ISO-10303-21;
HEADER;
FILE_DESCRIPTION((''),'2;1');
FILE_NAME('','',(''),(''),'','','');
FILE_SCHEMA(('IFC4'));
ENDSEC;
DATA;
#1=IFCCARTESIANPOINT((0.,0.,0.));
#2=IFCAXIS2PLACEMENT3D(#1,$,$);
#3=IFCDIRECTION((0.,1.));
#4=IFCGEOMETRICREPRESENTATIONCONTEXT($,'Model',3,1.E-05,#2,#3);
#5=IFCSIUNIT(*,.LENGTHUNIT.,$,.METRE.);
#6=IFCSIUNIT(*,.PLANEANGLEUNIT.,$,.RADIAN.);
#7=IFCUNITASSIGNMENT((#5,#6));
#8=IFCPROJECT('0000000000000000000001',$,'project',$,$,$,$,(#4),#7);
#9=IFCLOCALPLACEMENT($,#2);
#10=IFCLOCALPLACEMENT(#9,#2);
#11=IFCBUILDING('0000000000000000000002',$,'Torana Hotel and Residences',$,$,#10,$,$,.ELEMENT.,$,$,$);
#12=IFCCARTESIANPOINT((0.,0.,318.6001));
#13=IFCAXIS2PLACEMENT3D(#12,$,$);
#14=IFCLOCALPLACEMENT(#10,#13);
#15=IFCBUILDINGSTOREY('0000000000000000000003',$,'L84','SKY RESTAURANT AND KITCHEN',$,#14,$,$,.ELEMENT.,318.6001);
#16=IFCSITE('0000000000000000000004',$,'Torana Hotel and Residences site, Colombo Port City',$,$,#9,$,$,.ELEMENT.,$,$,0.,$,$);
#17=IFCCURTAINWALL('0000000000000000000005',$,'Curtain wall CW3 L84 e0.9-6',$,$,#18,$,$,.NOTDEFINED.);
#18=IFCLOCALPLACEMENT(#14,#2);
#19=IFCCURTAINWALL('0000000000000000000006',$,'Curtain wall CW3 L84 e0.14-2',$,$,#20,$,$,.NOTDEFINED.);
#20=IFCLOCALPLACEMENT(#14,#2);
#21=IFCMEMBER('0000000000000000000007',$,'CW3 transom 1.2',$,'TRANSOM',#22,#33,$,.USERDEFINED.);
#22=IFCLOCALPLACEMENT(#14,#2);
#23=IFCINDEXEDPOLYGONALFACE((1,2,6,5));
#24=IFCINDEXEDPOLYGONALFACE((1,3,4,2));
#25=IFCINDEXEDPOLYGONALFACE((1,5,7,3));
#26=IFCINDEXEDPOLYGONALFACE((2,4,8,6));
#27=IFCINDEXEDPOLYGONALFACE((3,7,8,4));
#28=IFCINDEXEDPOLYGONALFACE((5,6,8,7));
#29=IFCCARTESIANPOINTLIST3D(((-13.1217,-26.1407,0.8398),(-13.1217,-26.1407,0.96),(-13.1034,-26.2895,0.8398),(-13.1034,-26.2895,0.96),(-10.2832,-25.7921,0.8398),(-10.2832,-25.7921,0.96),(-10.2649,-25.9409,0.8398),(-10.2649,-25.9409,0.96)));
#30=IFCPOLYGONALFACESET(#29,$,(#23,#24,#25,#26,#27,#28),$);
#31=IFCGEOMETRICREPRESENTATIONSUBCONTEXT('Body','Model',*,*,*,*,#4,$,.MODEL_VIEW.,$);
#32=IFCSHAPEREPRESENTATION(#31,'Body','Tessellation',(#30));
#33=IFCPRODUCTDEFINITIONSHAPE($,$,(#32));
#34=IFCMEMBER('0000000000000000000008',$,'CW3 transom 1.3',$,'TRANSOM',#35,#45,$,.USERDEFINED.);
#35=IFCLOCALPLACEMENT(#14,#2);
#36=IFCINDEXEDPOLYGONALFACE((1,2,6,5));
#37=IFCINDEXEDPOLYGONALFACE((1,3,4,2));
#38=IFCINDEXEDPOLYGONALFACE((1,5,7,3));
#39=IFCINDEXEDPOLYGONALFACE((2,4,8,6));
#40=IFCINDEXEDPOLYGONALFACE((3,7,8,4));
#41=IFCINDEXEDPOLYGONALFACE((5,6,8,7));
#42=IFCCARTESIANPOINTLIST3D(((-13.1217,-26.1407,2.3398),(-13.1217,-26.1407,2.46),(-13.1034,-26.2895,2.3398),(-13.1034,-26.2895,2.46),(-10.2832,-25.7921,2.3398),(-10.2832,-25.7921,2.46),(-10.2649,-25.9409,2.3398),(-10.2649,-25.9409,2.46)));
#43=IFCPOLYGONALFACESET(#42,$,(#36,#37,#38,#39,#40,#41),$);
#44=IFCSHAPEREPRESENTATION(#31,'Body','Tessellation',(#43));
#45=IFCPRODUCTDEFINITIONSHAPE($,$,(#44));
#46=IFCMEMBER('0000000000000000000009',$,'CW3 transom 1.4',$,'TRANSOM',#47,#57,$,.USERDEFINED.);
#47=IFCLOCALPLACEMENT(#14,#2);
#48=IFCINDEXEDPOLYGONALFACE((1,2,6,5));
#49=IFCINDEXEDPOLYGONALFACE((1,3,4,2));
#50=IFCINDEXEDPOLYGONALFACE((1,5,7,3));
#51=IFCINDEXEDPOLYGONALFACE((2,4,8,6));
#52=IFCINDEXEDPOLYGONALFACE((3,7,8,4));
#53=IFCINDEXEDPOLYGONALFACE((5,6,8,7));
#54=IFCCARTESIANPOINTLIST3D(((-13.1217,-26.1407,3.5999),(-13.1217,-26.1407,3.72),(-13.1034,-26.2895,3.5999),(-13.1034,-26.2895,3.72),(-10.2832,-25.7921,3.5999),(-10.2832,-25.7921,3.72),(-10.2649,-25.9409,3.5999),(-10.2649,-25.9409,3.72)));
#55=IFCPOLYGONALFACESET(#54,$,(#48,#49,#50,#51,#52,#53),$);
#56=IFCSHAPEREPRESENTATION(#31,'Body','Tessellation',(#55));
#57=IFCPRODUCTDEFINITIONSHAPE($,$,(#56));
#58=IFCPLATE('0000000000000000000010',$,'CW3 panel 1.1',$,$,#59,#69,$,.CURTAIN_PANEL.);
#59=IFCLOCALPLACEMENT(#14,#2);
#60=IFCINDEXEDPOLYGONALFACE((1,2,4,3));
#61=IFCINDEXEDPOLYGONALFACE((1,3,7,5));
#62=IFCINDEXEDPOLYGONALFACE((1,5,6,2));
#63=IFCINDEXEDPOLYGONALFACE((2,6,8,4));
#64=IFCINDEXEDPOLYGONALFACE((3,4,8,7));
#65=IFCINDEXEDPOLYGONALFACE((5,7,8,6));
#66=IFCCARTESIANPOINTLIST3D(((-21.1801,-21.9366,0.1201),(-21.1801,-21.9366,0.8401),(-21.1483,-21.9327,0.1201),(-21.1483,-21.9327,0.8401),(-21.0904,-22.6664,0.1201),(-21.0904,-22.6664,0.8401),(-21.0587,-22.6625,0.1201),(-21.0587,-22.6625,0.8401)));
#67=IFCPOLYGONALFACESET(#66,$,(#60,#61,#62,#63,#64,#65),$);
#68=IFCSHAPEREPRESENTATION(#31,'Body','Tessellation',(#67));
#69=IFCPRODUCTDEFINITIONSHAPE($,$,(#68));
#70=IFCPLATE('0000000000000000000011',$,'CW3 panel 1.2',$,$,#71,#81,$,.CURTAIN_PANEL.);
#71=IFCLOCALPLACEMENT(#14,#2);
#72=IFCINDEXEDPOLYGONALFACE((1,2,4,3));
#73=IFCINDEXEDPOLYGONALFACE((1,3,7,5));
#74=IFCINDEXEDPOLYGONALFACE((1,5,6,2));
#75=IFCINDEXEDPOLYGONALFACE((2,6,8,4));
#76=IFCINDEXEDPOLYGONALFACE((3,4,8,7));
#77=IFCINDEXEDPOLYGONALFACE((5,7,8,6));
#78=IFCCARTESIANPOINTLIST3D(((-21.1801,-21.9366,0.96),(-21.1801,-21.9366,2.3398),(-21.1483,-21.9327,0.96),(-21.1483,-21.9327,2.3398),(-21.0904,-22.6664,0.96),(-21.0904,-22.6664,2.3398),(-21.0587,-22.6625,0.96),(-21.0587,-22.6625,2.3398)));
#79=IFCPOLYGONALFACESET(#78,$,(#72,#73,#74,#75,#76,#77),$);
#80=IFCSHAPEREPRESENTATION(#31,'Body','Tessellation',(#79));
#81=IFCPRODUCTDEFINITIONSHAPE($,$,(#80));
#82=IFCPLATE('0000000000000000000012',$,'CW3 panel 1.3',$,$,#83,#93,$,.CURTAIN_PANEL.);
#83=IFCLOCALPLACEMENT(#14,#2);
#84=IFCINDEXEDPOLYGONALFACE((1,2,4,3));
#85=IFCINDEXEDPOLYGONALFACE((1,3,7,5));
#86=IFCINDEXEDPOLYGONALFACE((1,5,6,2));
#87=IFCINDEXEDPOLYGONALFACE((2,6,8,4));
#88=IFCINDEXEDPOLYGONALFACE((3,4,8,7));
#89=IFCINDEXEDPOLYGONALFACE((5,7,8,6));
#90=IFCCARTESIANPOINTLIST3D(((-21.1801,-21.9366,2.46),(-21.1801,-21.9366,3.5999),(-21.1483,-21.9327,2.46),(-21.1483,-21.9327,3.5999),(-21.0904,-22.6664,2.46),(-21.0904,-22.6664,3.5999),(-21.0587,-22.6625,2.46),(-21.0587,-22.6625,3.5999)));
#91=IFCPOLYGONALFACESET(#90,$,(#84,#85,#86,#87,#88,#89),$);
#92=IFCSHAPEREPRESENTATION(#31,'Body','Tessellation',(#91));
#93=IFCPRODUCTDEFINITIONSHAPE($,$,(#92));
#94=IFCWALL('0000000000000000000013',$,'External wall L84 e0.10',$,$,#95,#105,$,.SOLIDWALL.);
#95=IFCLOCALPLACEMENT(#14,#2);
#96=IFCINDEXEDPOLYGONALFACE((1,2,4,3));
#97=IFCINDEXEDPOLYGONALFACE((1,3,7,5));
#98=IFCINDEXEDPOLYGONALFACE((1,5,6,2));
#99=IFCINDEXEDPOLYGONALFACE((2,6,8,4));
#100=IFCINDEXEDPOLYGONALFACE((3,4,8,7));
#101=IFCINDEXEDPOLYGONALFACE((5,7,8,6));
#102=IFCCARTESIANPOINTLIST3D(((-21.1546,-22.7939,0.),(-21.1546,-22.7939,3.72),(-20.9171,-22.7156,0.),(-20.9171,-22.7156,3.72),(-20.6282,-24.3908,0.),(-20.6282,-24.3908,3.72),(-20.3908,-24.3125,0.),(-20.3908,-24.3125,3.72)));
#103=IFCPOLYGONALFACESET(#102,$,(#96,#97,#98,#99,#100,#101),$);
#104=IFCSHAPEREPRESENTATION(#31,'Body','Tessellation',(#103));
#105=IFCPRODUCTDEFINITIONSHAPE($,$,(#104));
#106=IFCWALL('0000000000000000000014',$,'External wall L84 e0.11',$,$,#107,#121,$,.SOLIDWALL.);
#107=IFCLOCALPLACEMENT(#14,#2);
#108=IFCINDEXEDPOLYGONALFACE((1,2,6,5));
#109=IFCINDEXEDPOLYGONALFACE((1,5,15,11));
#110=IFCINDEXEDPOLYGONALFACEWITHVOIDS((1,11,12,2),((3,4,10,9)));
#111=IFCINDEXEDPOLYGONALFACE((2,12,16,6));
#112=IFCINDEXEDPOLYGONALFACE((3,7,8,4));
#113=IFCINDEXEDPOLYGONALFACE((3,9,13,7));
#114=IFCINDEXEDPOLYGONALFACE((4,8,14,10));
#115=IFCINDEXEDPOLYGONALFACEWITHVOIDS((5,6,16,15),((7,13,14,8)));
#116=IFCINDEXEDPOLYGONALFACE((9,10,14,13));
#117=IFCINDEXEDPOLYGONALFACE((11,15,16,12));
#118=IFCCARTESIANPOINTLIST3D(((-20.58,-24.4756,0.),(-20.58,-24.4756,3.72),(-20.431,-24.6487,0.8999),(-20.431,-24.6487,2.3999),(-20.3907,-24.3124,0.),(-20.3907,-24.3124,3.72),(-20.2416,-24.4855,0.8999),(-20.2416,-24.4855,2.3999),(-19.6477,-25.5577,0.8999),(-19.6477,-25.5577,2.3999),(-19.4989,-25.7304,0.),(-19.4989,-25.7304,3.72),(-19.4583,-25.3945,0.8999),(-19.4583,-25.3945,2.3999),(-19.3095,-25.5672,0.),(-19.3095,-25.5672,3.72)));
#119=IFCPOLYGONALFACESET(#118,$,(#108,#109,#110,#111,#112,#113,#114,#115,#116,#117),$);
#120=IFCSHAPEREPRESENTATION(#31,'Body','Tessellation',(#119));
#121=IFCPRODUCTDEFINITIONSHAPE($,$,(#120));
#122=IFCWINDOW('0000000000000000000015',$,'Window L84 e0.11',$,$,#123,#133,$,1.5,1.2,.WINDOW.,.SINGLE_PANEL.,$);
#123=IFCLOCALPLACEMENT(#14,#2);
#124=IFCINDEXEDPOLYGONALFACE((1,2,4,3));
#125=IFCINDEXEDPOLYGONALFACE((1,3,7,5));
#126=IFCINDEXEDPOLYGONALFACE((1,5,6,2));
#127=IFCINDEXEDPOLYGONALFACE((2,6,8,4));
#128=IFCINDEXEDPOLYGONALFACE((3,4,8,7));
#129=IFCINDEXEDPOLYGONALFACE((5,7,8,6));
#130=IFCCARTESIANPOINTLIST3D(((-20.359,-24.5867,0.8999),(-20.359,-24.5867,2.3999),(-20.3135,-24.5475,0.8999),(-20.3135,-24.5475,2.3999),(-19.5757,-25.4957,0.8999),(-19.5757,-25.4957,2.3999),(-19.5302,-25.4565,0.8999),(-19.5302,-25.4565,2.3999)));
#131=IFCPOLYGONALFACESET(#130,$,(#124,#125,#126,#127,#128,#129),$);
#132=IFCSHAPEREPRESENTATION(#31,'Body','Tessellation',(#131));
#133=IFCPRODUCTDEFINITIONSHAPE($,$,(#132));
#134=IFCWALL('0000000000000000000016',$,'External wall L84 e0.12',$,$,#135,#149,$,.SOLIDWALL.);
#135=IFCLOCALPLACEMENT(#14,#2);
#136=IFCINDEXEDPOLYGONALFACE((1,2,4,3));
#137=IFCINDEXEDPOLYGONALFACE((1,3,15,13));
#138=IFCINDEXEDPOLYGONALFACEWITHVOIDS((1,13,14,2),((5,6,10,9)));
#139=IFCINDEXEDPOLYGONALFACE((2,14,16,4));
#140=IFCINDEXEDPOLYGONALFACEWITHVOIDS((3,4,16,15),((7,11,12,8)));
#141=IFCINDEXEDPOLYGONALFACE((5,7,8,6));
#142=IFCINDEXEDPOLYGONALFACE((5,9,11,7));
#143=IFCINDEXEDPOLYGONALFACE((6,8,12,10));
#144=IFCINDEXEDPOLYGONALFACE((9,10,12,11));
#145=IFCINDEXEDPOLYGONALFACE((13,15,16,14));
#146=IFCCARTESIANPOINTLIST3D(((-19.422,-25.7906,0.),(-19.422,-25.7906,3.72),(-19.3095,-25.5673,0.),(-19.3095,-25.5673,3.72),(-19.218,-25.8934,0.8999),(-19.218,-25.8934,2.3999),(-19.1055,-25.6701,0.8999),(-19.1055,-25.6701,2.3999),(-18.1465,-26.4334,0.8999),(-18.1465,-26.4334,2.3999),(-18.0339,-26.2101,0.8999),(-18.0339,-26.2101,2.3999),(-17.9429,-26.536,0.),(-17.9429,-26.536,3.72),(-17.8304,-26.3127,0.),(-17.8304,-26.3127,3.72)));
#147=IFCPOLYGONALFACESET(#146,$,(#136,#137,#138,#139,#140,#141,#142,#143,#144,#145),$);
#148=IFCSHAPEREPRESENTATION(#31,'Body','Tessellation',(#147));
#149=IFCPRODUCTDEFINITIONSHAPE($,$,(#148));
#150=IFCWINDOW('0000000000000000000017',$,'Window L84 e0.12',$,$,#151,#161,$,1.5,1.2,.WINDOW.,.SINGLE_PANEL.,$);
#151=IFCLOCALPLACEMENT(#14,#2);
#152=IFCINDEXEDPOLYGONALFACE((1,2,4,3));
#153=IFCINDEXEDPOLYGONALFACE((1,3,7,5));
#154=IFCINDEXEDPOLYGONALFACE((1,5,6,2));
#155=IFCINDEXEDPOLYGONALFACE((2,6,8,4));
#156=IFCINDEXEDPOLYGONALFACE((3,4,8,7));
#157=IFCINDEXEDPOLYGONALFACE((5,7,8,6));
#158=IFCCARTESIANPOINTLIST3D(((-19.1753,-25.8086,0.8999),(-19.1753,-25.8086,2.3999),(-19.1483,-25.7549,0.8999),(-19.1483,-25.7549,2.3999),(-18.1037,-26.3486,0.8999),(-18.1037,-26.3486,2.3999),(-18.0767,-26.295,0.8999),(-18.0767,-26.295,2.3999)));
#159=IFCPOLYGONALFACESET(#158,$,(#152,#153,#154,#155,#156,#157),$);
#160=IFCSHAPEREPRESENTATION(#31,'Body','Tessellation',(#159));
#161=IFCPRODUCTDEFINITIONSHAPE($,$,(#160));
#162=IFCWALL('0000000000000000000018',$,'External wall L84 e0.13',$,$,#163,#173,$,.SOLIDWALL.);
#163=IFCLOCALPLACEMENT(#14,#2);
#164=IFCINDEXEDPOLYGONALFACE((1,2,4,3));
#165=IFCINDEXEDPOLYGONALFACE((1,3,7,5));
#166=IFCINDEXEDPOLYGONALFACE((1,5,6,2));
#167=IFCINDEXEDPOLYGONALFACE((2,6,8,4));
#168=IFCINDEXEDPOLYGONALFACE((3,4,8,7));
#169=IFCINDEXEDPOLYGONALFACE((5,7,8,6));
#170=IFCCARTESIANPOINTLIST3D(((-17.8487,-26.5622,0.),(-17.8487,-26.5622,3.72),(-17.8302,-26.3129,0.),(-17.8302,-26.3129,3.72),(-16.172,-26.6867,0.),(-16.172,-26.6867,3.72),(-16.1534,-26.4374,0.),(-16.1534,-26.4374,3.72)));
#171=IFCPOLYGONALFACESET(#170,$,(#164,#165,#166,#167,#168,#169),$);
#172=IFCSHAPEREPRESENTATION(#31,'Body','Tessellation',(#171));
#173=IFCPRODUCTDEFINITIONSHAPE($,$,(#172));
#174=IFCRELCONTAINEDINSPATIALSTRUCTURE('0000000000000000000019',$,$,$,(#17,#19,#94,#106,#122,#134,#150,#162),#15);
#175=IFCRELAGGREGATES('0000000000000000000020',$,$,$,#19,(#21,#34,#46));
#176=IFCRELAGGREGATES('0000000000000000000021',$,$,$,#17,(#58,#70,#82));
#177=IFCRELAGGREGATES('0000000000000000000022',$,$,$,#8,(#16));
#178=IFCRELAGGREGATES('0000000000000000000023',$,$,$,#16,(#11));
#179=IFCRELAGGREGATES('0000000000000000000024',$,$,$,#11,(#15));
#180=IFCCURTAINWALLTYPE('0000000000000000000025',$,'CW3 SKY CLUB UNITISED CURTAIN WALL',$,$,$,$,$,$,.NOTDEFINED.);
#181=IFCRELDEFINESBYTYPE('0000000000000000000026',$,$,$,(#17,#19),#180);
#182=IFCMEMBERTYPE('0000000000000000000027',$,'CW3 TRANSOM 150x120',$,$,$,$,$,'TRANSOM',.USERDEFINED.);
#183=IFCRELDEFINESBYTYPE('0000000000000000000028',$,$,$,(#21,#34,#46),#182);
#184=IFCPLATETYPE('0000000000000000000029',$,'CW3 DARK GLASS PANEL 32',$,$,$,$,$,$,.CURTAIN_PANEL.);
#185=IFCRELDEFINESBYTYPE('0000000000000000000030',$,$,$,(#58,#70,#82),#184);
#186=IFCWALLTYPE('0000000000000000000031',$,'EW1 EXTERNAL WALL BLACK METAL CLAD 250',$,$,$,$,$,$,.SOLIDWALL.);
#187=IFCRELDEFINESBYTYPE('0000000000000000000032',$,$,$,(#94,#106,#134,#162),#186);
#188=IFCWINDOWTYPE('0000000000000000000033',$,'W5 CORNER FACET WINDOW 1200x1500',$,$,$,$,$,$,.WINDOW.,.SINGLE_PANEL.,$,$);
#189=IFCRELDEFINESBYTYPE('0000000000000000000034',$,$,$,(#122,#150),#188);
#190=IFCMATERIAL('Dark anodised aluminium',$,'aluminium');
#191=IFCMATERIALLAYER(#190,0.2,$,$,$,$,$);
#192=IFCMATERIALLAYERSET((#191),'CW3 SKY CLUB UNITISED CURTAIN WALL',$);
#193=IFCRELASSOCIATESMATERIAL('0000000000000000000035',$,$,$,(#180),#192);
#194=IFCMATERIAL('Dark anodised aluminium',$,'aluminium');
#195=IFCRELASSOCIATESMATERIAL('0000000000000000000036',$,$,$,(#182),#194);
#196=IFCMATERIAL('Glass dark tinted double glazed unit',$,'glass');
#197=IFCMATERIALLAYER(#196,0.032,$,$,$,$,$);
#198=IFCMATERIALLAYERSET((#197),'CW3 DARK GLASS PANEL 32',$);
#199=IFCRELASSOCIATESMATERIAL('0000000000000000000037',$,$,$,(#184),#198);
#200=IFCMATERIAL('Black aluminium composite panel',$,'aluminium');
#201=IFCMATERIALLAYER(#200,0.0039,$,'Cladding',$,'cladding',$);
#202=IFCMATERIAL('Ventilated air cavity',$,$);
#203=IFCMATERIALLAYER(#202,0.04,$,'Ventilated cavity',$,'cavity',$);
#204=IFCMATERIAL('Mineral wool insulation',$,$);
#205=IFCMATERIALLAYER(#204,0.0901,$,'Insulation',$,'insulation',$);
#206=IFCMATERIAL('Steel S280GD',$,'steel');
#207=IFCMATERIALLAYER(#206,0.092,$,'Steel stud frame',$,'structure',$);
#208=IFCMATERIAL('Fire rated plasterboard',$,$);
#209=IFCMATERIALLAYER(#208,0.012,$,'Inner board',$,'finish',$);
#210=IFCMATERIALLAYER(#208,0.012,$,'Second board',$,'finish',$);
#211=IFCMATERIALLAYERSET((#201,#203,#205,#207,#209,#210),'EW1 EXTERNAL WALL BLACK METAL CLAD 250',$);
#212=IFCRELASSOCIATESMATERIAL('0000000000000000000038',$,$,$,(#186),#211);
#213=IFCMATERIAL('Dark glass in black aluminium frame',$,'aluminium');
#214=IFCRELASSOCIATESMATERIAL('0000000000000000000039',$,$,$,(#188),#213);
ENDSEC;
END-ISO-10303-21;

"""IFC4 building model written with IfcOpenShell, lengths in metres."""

from ifc_helpers import new_model, si_unit, direction, frame, frame_2d, origin, origin_2d, place, context, subcontext, project, spatial, rectangle, extrude, material, layer, layer_set, material_profile, profile_set, type_object, element, fill, aggregate, save


model = new_model("IFC4")

# Units and contexts
model_context = context("Model", 3, precision=1e-05, world=origin(), true_north=direction((0.0, 1.0)))
body_context = subcontext(model_context, "Body", "Model", "MODEL_VIEW")
ifc_project = project(units=[si_unit("LENGTHUNIT", "METRE"), si_unit("PLANEANGLEUNIT", "RADIAN")], contexts=[model_context])

# Site, building, storey
site_placement = place(None, origin())
site = spatial("IfcSite", under=ifc_project, at=site_placement, Name="Torana Hotel and Residences site, Colombo Port City", CompositionType="ELEMENT", RefElevation=0.0)
building_placement = place(site_placement, origin())
building = spatial("IfcBuilding", under=site, at=building_placement, Name="Torana Hotel and Residences", CompositionType="ELEMENT")
storey_placement = place(building_placement, frame((0.0, 0.0, 318.6001)))
storey = spatial("IfcBuildingStorey", under=building, at=storey_placement, Name="L84", Description="SKY RESTAURANT AND KITCHEN", CompositionType="ELEMENT", Elevation=318.6001)

# Curtain walls
ifc_material_1 = material(Name="Dark anodised aluminium", Category="aluminium")
ifc_layer_1 = layer(ifc_material_1, 0.2)
ifc_layer_set_1 = layer_set([ifc_layer_1], Name="CW3 SKY CLUB UNITISED CURTAIN WALL")
curtain_wall_type = type_object("IfcCurtainWallType", Name="CW3 SKY CLUB UNITISED CURTAIN WALL", PredefinedType="NOTDEFINED", material=ifc_layer_set_1)
curtain_wall_1_placement = place(storey_placement, origin())
curtain_wall_1 = element("IfcCurtainWall", 1, at=curtain_wall_1_placement, inside=storey, type_object=curtain_wall_type, Name="Curtain wall CW3 L84 e0.9-6", PredefinedType="NOTDEFINED")
curtain_wall_2_placement = place(storey_placement, origin())
curtain_wall_2 = element("IfcCurtainWall", 2, at=curtain_wall_2_placement, inside=storey, type_object=curtain_wall_type, Name="Curtain wall CW3 L84 e0.14-2", PredefinedType="NOTDEFINED")

# Members
ifc_material_2 = material(Name="Dark anodised aluminium", Category="aluminium")
ifc_material_profile_1 = material_profile(ifc_material_2, rectangle(XDim=0.1499, YDim=0.1201, at=origin_2d()), Name="CW3 TRANSOM 150x120")
ifc_profile_set_1 = profile_set([ifc_material_profile_1], Name="Dark anodised aluminium")
member_type_1 = type_object("IfcMemberType", Name="CW3 TRANSOM 150x120", ElementType="TRANSOM", PredefinedType="USERDEFINED", material=ifc_profile_set_1)
member_1_placement = place(storey_placement, frame((-13.1125, -26.2151, 0.8999), z_axis=(0.992542, 0.121902, 0.0), x_axis=(-0.121902, 0.992542, 0.0)))
member_1 = element("IfcMember", 3, at=member_1_placement, type_object=member_type_1, Name="CW3 transom 1.2", ObjectType="TRANSOM", PredefinedType="USERDEFINED", context=body_context, shape_type="SweptSolid", body=[
    extrude(rectangle(XDim=0.1499, YDim=0.1201, at=origin_2d()), origin(), (0.0, 0.0, 1.0), 2.8599),
])
member_2_placement = place(storey_placement, frame((-13.1125, -26.2151, 2.3999), z_axis=(0.992542, 0.121902, 0.0), x_axis=(-0.121902, 0.992542, 0.0)))
member_2 = element("IfcMember", 4, at=member_2_placement, type_object=member_type_1, Name="CW3 transom 1.3", ObjectType="TRANSOM", PredefinedType="USERDEFINED", context=body_context, shape_type="SweptSolid", body=[
    extrude(rectangle(XDim=0.1499, YDim=0.1201, at=origin_2d()), origin(), (0.0, 0.0, 1.0), 2.8599),
])
member_3_placement = place(storey_placement, frame((-13.1125, -26.2151, 3.6599), z_axis=(0.992542, 0.121902, 0.0), x_axis=(-0.121902, 0.992542, 0.0)))
member_3 = element("IfcMember", 5, at=member_3_placement, type_object=member_type_1, Name="CW3 transom 1.4", ObjectType="TRANSOM", PredefinedType="USERDEFINED", context=body_context, shape_type="SweptSolid", body=[
    extrude(rectangle(XDim=0.1499, YDim=0.1201, at=origin_2d()), origin(), (0.0, 0.0, 1.0), 2.8599),
])
aggregate(curtain_wall_2, [member_1, member_2, member_3])

# Plates
ifc_material_3 = material(Name="Glass dark tinted double glazed unit", Category="glass")
ifc_layer_2 = layer(ifc_material_3, 0.032)
ifc_layer_set_2 = layer_set([ifc_layer_2], Name="CW3 DARK GLASS PANEL 32")
plate_type = type_object("IfcPlateType", Name="CW3 DARK GLASS PANEL 32", PredefinedType="CURTAIN_PANEL", material=ifc_layer_set_2)
plate_1_placement = place(storey_placement, frame((-21.1194, -22.2996, 0.1201), z_axis=(0.0, 0.0, 1.0), x_axis=(0.121883, -0.992544, 0.0)))
plate_1 = element("IfcPlate", 6, at=plate_1_placement, type_object=plate_type, Name="CW3 panel 1.1", PredefinedType="CURTAIN_PANEL", context=body_context, shape_type="SweptSolid", body=[
    extrude(rectangle(XDim=0.7354, YDim=0.032, at=origin_2d()), origin(), (0.0, 0.0, 1.0), 0.72),
])
plate_2_placement = place(storey_placement, frame((-21.1194, -22.2996, 0.96), z_axis=(0.0, 0.0, 1.0), x_axis=(0.121883, -0.992544, 0.0)))
plate_2 = element("IfcPlate", 7, at=plate_2_placement, type_object=plate_type, Name="CW3 panel 1.2", PredefinedType="CURTAIN_PANEL", context=body_context, shape_type="SweptSolid", body=[
    extrude(rectangle(XDim=0.7354, YDim=0.032, at=origin_2d()), origin(), (0.0, 0.0, 1.0), 1.3799),
])
plate_3_placement = place(storey_placement, frame((-21.1194, -22.2996, 2.46), z_axis=(0.0, 0.0, 1.0), x_axis=(0.121883, -0.992544, 0.0)))
plate_3 = element("IfcPlate", 8, at=plate_3_placement, type_object=plate_type, Name="CW3 panel 1.3", PredefinedType="CURTAIN_PANEL", context=body_context, shape_type="SweptSolid", body=[
    extrude(rectangle(XDim=0.7354, YDim=0.032, at=origin_2d()), origin(), (0.0, 0.0, 1.0), 1.1399),
])
aggregate(curtain_wall_1, [plate_1, plate_2, plate_3])

# Wall
ifc_material_4 = material(Name="Black aluminium composite panel", Category="aluminium")
ifc_layer_3 = layer(ifc_material_4, 0.0039, Name="Cladding", Category="cladding")
ifc_material_5 = material(Name="Ventilated air cavity")
ifc_layer_4 = layer(ifc_material_5, 0.04, Name="Ventilated cavity", Category="cavity")
ifc_material_6 = material(Name="Mineral wool insulation")
ifc_layer_5 = layer(ifc_material_6, 0.0901, Name="Insulation", Category="insulation")
ifc_material_7 = material(Name="Steel S280GD", Category="steel")
ifc_layer_6 = layer(ifc_material_7, 0.092, Name="Steel stud frame", Category="structure")
ifc_material_8 = material(Name="Fire rated plasterboard")
ifc_layer_7 = layer(ifc_material_8, 0.012, Name="Inner board", Category="finish")
ifc_layer_8 = layer(ifc_material_8, 0.012, Name="Second board", Category="finish")
ifc_layer_set_3 = layer_set([ifc_layer_3, ifc_layer_4, ifc_layer_5, ifc_layer_6, ifc_layer_7, ifc_layer_8], Name="EW1 EXTERNAL WALL BLACK METAL CLAD 250")
wall_type_1 = type_object("IfcWallType", Name="EW1 EXTERNAL WALL BLACK METAL CLAD 250", PredefinedType="SOLIDWALL", material=ifc_layer_set_3)
wall_1_placement = place(storey_placement, frame((-21.0359, -22.7546, 0.0), z_axis=(0.0, 0.0, 1.0), x_axis=(0.313046, -0.949738, 0.0)))
element("IfcWall", 9, at=wall_1_placement, inside=storey, type_object=wall_type_1, Name="External wall L84 e0.10", PredefinedType="SOLIDWALL", context=body_context, shape_type="SweptSolid", body=[
    extrude(rectangle(XDim=1.6814, YDim=0.25, at=frame_2d((0.8408, 0.0))), origin(), (0.0, 0.0, 1.0), 3.72),
])

# Walls, openings, windows
wall_2_placement = place(storey_placement, frame((-20.4854, -24.394, 0.0), z_axis=(0.0, 0.0, 1.0), x_axis=(0.652756, -0.757568, 0.0)))
wall_2 = element("IfcWall", 10, at=wall_2_placement, inside=storey, type_object=wall_type_1, Name="External wall L84 e0.11", PredefinedType="SOLIDWALL", context=body_context, shape_type="SweptSolid", body=[
    extrude(rectangle(XDim=1.6562, YDim=0.25, at=frame_2d((0.8281, 0.0))), origin(), (0.0, 0.0, 1.0), 3.72),
])
opening_1_placement = place(wall_2_placement, frame((0.2283, 0.0, 0.8999)))
opening_1 = element("IfcOpeningElement", 11, at=opening_1_placement, cuts=wall_2, PredefinedType="OPENING", context=body_context, shape_type="SweptSolid", body=[
    extrude(rectangle(XDim=1.2, YDim=1.5, at=frame_2d((0.6001, 0.75))), frame((0.0, 0.135, 0.0), z_axis=(0.0, -1.0, 0.0), x_axis=(1.0, 0.0, 0.0)), (0.0, 0.0, 1.0), 0.27),
])
ifc_material_9 = material(Name="Dark glass in black aluminium frame", Category="aluminium")
window_type = type_object("IfcWindowType", Name="W5 CORNER FACET WINDOW 1200x1500", PartitioningType="SINGLE_PANEL", PredefinedType="WINDOW", material=ifc_material_9)
window_1_placement = place(opening_1_placement, origin())
window_1 = element("IfcWindow", 12, at=window_1_placement, inside=storey, type_object=window_type, Name="Window L84 e0.11", OverallHeight=1.5, OverallWidth=1.2, PartitioningType="SINGLE_PANEL", PredefinedType="WINDOW", context=body_context, shape_type="SweptSolid", body=[
    extrude(rectangle(XDim=1.2, YDim=1.5, at=frame_2d((0.6001, 0.75))), frame((0.0, 0.03, 0.0), z_axis=(0.0, -1.0, 0.0), x_axis=(1.0, 0.0, 0.0)), (0.0, 0.0, 1.0), 0.0601),
])
fill(opening_1, window_1)
wall_3_placement = place(storey_placement, frame((-19.3657, -25.679, 0.0), z_axis=(0.0, 0.0, 1.0), x_axis=(0.893008, -0.450042, 0.0)))
wall_3 = element("IfcWall", 13, at=wall_3_placement, inside=storey, type_object=wall_type_1, Name="External wall L84 e0.12", PredefinedType="SOLIDWALL", context=body_context, shape_type="SweptSolid", body=[
    extrude(rectangle(XDim=1.6562, YDim=0.25, at=frame_2d((0.8281, 0.0))), origin(), (0.0, 0.0, 1.0), 3.72),
])
opening_2_placement = place(wall_3_placement, frame((0.2283, 0.0, 0.8999)))
opening_2 = element("IfcOpeningElement", 14, at=opening_2_placement, cuts=wall_3, PredefinedType="OPENING", context=body_context, shape_type="SweptSolid", body=[
    extrude(rectangle(XDim=1.2, YDim=1.5, at=frame_2d((0.6001, 0.75))), frame((0.0, 0.135, 0.0), z_axis=(0.0, -1.0, 0.0), x_axis=(1.0, 0.0, 0.0)), (0.0, 0.0, 1.0), 0.27),
])
window_2_placement = place(opening_2_placement, origin())
window_2 = element("IfcWindow", 15, at=window_2_placement, inside=storey, type_object=window_type, Name="Window L84 e0.12", OverallHeight=1.5, OverallWidth=1.2, PartitioningType="SINGLE_PANEL", PredefinedType="WINDOW", context=body_context, shape_type="SweptSolid", body=[
    extrude(rectangle(XDim=1.2, YDim=1.5, at=frame_2d((0.6001, 0.75))), frame((0.0, 0.03, 0.0), z_axis=(0.0, -1.0, 0.0), x_axis=(1.0, 0.0, 0.0)), (0.0, 0.0, 1.0), 0.0601),
])
fill(opening_2, window_2)

# Wall
wall_4_placement = place(storey_placement, frame((-17.8396, -26.4375, 0.0), z_axis=(0.0, 0.0, 1.0), x_axis=(0.997254, -0.074054, 0.0)))
element("IfcWall", 16, at=wall_4_placement, inside=storey, type_object=wall_type_1, Name="External wall L84 e0.13", PredefinedType="SOLIDWALL", context=body_context, shape_type="SweptSolid", body=[
    extrude(rectangle(XDim=1.6814, YDim=0.25, at=frame_2d((0.8408, 0.0))), origin(), (0.0, 0.0, 1.0), 3.72),
])

save(model, "model.ifc")
